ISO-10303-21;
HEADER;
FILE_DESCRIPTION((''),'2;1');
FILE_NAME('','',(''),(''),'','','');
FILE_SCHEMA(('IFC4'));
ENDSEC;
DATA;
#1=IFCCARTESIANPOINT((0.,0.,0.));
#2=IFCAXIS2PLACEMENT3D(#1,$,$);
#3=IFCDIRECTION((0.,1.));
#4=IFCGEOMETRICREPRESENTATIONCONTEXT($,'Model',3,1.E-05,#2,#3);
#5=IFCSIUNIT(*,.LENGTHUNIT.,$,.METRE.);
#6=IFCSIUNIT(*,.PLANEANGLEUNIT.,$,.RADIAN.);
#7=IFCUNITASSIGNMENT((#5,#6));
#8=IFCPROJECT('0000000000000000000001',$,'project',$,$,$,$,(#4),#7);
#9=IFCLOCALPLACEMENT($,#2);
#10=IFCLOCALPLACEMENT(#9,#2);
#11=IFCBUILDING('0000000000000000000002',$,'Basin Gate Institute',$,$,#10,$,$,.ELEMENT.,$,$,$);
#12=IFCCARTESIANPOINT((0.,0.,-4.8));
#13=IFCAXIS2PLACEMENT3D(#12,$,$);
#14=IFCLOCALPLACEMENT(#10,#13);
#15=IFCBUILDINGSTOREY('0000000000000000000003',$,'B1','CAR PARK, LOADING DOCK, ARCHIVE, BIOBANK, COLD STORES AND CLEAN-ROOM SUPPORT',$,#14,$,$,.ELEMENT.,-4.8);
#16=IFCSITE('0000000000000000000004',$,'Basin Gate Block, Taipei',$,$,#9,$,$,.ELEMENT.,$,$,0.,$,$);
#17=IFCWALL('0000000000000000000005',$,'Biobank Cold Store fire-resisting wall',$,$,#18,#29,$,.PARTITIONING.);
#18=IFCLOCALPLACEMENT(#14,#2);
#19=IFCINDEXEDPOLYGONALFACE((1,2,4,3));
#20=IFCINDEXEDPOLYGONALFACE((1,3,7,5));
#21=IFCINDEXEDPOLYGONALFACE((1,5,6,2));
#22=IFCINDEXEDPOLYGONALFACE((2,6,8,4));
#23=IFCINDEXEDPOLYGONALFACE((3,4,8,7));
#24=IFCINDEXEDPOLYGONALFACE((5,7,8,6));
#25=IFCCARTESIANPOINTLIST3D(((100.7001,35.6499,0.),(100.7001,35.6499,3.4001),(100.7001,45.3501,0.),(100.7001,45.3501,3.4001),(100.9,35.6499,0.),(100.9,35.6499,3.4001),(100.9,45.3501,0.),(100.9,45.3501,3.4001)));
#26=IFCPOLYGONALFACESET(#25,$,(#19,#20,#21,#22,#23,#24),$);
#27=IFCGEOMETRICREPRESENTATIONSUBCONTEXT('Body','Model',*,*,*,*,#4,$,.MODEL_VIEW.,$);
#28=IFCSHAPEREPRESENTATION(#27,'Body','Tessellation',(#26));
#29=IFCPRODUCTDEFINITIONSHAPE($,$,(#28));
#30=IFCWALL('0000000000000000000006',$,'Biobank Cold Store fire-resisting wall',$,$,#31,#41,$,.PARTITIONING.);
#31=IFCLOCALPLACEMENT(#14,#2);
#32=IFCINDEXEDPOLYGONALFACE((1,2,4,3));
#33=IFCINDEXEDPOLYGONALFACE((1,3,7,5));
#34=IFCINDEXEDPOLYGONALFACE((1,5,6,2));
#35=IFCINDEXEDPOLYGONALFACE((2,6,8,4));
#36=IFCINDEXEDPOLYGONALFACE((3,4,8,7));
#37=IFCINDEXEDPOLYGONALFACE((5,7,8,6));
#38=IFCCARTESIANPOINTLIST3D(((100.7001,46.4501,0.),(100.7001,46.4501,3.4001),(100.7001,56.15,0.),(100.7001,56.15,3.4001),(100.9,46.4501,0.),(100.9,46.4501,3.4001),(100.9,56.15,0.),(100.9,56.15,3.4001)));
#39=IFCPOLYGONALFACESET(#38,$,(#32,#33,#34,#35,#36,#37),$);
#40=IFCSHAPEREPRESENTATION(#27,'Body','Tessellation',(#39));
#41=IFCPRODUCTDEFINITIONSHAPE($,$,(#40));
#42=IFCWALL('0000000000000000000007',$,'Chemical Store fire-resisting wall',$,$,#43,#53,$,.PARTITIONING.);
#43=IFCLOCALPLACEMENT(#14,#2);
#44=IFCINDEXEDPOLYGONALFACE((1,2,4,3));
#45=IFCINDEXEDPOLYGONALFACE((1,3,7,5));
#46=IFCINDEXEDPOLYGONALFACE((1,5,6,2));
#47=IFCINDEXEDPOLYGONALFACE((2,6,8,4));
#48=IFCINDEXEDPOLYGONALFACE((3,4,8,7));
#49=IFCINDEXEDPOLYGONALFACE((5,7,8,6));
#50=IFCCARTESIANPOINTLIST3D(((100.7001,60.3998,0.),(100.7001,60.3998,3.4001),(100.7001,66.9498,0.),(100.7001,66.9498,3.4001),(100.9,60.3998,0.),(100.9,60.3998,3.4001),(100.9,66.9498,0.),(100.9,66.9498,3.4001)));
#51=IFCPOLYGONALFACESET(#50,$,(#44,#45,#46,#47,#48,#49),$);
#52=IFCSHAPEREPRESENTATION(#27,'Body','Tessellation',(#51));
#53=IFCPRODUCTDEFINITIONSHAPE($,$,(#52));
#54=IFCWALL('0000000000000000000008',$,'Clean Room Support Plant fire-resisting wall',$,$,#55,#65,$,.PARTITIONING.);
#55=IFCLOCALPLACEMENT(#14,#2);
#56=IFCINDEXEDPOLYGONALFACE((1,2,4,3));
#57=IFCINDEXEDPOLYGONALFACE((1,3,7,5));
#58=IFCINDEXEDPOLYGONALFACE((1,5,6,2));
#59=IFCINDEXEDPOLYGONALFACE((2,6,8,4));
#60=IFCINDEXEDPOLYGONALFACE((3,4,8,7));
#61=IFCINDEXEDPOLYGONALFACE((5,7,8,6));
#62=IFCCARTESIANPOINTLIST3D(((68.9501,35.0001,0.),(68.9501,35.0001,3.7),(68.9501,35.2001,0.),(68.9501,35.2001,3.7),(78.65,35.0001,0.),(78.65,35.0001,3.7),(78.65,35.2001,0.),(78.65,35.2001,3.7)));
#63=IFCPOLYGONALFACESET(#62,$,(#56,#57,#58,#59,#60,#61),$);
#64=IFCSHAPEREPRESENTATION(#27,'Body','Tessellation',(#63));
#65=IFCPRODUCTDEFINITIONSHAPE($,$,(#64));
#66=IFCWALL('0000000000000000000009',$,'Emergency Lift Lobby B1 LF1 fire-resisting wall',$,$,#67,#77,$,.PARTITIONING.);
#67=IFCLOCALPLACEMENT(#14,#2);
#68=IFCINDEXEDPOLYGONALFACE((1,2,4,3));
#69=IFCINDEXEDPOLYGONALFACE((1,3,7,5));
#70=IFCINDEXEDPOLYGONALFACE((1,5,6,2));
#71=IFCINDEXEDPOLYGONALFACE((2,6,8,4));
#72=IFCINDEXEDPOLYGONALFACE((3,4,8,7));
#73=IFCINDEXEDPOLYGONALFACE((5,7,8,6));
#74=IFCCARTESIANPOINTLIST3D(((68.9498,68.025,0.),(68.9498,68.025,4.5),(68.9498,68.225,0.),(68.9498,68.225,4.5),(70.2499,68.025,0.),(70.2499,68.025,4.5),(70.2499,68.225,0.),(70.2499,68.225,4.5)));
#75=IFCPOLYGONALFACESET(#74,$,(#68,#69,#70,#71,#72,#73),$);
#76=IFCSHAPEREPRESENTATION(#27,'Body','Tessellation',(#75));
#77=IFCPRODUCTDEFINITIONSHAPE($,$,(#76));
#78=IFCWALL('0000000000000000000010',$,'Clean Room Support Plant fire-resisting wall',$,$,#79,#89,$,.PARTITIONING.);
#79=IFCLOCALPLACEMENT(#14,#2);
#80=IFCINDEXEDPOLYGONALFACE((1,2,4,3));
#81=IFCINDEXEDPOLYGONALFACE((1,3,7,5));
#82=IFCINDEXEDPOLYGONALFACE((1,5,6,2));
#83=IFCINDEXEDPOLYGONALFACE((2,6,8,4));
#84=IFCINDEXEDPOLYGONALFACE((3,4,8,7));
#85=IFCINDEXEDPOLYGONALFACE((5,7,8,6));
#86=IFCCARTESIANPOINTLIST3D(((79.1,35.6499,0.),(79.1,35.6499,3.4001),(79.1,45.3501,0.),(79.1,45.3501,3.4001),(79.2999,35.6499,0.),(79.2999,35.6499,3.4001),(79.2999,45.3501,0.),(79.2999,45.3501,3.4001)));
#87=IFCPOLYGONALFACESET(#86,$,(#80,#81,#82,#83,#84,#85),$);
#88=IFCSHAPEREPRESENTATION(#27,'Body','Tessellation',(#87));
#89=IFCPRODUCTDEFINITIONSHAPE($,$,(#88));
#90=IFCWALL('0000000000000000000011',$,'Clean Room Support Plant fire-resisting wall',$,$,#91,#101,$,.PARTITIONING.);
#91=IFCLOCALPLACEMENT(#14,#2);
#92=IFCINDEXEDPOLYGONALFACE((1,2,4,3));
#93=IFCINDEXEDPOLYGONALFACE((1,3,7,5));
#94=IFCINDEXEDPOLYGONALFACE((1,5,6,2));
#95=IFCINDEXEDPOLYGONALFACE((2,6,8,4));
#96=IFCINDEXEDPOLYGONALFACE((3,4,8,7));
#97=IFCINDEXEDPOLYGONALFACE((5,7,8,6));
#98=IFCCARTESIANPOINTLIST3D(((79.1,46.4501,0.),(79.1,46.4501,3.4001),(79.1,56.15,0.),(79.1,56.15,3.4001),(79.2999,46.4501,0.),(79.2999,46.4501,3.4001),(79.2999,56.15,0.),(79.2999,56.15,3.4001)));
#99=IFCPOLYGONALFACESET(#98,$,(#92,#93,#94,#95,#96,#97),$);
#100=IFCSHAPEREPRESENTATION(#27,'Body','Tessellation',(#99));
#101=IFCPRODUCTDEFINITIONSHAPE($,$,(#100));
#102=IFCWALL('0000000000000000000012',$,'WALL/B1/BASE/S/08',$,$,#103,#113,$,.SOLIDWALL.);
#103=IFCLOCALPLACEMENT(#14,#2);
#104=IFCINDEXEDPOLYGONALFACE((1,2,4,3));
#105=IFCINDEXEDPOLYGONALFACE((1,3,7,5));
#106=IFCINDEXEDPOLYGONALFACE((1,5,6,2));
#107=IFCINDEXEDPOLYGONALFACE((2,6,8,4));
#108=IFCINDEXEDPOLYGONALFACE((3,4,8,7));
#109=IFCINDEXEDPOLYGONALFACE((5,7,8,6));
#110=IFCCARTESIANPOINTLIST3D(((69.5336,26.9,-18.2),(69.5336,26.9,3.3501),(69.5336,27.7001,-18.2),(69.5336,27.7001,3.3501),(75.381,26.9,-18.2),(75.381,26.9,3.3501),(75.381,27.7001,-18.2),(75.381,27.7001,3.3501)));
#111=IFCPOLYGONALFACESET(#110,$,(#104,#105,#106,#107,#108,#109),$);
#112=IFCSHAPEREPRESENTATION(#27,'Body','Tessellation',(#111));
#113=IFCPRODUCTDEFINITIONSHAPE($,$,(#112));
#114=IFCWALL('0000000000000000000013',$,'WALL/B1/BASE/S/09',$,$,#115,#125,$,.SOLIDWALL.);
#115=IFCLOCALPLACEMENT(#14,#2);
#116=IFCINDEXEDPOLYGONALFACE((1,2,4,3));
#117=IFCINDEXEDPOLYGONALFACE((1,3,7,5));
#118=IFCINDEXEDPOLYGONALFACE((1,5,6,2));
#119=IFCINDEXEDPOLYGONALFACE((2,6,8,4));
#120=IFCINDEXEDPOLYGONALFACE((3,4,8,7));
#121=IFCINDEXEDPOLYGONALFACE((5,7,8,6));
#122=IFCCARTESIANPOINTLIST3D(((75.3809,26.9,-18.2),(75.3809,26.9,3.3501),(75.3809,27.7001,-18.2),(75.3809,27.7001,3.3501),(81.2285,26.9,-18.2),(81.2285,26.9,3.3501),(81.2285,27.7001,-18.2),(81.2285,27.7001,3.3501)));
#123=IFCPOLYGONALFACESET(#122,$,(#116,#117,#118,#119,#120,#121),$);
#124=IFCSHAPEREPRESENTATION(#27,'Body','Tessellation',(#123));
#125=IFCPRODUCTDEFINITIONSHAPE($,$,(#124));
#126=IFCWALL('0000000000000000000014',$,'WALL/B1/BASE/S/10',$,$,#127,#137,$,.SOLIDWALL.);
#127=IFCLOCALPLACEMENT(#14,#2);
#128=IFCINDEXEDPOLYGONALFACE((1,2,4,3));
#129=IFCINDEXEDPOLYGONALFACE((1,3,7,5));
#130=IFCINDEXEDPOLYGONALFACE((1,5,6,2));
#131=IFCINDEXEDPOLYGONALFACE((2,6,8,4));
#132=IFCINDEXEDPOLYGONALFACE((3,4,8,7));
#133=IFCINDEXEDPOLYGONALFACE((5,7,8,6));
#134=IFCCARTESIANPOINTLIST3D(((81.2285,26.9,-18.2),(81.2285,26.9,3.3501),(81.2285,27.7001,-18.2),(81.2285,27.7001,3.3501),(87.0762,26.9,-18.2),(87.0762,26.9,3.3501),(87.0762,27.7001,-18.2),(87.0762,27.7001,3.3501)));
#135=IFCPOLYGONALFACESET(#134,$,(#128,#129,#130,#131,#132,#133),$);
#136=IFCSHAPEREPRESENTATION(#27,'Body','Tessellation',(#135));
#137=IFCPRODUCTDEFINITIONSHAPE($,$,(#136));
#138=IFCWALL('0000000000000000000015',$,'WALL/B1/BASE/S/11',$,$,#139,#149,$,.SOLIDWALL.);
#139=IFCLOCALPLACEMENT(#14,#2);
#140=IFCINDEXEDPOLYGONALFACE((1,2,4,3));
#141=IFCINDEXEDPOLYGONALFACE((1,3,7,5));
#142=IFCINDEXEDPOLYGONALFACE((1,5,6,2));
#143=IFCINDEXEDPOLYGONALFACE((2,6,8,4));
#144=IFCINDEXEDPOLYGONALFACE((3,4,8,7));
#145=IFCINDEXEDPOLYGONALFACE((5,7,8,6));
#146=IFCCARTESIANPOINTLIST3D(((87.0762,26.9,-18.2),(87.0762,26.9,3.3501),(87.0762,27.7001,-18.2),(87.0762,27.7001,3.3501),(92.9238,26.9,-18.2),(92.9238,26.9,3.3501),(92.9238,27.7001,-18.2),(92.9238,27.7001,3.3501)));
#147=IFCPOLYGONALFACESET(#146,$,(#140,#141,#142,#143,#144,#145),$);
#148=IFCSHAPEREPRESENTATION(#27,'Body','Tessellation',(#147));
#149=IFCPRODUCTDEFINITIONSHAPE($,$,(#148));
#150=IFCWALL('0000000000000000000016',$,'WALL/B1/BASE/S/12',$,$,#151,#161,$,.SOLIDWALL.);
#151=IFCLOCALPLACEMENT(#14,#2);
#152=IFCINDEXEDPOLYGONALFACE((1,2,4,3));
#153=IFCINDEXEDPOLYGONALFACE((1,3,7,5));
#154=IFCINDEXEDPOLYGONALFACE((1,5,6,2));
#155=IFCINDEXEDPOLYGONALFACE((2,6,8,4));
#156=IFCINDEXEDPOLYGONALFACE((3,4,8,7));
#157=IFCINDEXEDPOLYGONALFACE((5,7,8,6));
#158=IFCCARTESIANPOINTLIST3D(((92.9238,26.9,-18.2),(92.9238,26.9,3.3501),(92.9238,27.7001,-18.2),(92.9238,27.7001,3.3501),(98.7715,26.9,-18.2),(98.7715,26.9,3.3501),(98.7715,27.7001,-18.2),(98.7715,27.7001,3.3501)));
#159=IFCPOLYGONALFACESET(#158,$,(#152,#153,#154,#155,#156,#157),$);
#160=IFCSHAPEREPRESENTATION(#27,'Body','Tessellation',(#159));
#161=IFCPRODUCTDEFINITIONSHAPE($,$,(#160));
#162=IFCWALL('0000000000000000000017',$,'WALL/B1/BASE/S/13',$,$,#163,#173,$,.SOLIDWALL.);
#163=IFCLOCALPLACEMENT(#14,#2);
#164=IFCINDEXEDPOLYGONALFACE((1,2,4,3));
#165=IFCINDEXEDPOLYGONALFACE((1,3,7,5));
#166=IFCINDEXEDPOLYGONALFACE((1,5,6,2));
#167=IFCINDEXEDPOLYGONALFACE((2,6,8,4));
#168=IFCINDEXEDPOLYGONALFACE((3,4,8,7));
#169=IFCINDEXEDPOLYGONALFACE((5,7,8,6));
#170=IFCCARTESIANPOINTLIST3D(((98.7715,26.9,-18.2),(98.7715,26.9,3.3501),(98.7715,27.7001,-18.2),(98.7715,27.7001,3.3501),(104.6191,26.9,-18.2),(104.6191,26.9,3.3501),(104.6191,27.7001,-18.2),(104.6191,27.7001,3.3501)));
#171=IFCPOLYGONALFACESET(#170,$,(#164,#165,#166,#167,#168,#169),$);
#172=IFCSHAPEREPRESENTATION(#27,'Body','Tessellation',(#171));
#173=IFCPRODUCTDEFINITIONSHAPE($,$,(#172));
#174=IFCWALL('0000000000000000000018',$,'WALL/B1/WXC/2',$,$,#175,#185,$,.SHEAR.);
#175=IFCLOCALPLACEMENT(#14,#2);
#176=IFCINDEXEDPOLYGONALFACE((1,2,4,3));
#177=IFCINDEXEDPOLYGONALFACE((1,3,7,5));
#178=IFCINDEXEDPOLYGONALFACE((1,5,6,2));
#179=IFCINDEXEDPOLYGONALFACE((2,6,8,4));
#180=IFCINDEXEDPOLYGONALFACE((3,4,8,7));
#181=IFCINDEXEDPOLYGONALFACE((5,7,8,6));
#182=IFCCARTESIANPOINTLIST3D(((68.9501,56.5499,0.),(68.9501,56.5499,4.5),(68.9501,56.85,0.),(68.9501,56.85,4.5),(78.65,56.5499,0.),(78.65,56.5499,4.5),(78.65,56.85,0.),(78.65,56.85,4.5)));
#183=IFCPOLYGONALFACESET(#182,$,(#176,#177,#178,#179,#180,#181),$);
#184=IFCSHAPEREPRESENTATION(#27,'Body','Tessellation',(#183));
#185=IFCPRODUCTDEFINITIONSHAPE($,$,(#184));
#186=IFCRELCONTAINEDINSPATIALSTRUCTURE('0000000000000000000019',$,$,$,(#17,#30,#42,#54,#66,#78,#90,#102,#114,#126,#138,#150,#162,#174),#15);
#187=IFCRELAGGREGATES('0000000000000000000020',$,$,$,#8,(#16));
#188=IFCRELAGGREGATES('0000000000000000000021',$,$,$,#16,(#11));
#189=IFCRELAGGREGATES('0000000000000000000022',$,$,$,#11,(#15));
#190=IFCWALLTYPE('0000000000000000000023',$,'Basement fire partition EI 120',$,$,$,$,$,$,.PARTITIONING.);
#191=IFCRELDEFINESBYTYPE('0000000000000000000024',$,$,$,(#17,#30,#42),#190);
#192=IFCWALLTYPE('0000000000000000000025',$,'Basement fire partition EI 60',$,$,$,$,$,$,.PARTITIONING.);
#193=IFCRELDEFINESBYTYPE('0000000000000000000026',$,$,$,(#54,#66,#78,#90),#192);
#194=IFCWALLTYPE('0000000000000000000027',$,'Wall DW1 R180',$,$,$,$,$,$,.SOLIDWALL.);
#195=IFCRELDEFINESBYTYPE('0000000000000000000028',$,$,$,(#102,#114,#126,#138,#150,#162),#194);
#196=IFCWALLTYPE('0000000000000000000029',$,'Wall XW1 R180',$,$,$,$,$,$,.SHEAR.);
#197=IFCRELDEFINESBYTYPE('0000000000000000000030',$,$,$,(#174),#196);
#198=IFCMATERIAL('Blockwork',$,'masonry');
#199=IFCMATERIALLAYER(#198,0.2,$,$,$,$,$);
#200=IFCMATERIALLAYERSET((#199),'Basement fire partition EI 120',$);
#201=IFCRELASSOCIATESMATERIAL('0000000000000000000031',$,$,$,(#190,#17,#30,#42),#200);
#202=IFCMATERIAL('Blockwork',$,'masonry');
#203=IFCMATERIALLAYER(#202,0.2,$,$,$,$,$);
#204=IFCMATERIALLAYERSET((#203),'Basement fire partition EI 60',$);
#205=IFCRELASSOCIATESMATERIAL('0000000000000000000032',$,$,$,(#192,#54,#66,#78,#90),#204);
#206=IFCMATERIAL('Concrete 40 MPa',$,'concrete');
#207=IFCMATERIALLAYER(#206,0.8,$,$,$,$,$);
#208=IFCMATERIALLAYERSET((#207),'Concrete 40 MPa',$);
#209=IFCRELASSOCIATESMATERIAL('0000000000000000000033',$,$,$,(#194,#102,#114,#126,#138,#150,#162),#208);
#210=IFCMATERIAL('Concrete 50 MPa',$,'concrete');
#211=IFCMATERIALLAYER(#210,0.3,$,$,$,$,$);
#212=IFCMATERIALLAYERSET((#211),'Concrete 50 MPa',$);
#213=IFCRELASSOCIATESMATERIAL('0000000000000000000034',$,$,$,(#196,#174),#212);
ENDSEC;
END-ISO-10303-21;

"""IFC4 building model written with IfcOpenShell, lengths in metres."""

from ifc_helpers import new_model, si_unit, direction, frame, frame_2d, origin, place, context, subcontext, project, spatial, rectangle, extrude, material, layer, layer_set, type_object, element, save


model = new_model("IFC4")

# Units and contexts
model_context = context("Model", 3, precision=1e-05, world=origin(), true_north=direction((0.0, 1.0)))
body_context = subcontext(model_context, "Body", "Model", "MODEL_VIEW")
ifc_project = project(units=[si_unit("LENGTHUNIT", "METRE"), si_unit("PLANEANGLEUNIT", "RADIAN")], contexts=[model_context])

# Site, building, storey
site_placement = place(None, origin())
site = spatial("IfcSite", under=ifc_project, at=site_placement, Name="Basin Gate Block, Taipei", CompositionType="ELEMENT", RefElevation=0.0)
building_placement = place(site_placement, origin())
building = spatial("IfcBuilding", under=site, at=building_placement, Name="Basin Gate Institute", CompositionType="ELEMENT")
storey_placement = place(building_placement, frame((0.0, 0.0, -4.8)))
storey = spatial("IfcBuildingStorey", under=building, at=storey_placement, Name="B1", Description="CAR PARK, LOADING DOCK, ARCHIVE, BIOBANK, COLD STORES AND CLEAN-ROOM SUPPORT", CompositionType="ELEMENT", Elevation=-4.8)

# Walls
ifc_material_1 = material(Name="Blockwork", Category="masonry")
ifc_layer_1 = layer(ifc_material_1, 0.2)
ifc_layer_set_1 = layer_set([ifc_layer_1], Name="Basement fire partition EI 120")
wall_type_1 = type_object("IfcWallType", Name="Basement fire partition EI 120", PredefinedType="PARTITIONING", material=ifc_layer_set_1)
wall_1_placement = place(storey_placement, frame((100.8, 35.6499, 0.0), z_axis=(0.0, 0.0, 1.0), x_axis=(0.0, 1.0, 0.0)))
element("IfcWall", 1, at=wall_1_placement, inside=storey, type_object=wall_type_1, material=ifc_layer_set_1, Name="Biobank Cold Store fire-resisting wall", PredefinedType="PARTITIONING", context=body_context, shape_type="SweptSolid", body=[
    extrude(rectangle(XDim=9.7002, YDim=0.2, at=frame_2d((4.8501, 0.0))), origin(), (0.0, 0.0, 1.0), 3.4001),
])
wall_2_placement = place(storey_placement, frame((100.8, 46.45, 0.0), z_axis=(0.0, 0.0, 1.0), x_axis=(0.0, 1.0, 0.0)))
element("IfcWall", 2, at=wall_2_placement, inside=storey, type_object=wall_type_1, material=ifc_layer_set_1, Name="Biobank Cold Store fire-resisting wall", PredefinedType="PARTITIONING", context=body_context, shape_type="SweptSolid", body=[
    extrude(rectangle(XDim=9.7, YDim=0.2, at=frame_2d((4.8501, 0.0))), origin(), (0.0, 0.0, 1.0), 3.4001),
])
wall_3_placement = place(storey_placement, frame((100.8, 60.3999, 0.0), z_axis=(0.0, 0.0, 1.0), x_axis=(0.0, 1.0, 0.0)))
element("IfcWall", 3, at=wall_3_placement, inside=storey, type_object=wall_type_1, material=ifc_layer_set_1, Name="Chemical Store fire-resisting wall", PredefinedType="PARTITIONING", context=body_context, shape_type="SweptSolid", body=[
    extrude(rectangle(XDim=6.55, YDim=0.2, at=frame_2d((3.2749, 0.0))), origin(), (0.0, 0.0, 1.0), 3.4001),
])
ifc_material_2 = material(Name="Blockwork", Category="masonry")
ifc_layer_2 = layer(ifc_material_2, 0.2)
ifc_layer_set_2 = layer_set([ifc_layer_2], Name="Basement fire partition EI 60")
wall_type_2 = type_object("IfcWallType", Name="Basement fire partition EI 60", PredefinedType="PARTITIONING", material=ifc_layer_set_2)
wall_4_placement = place(storey_placement, frame((68.95, 35.1001, 0.0), z_axis=(0.0, 0.0, 1.0), x_axis=(1.0, 0.0, 0.0)))
element("IfcWall", 4, at=wall_4_placement, inside=storey, type_object=wall_type_2, material=ifc_layer_set_2, Name="Clean Room Support Plant fire-resisting wall", PredefinedType="PARTITIONING", context=body_context, shape_type="SweptSolid", body=[
    extrude(rectangle(XDim=9.7, YDim=0.2, at=frame_2d((4.8501, 0.0))), origin(), (0.0, 0.0, 1.0), 3.7),
])
wall_5_placement = place(storey_placement, frame((68.95, 68.125, 0.0), z_axis=(0.0, 0.0, 1.0), x_axis=(1.0, 0.0, 0.0)))
element("IfcWall", 5, at=wall_5_placement, inside=storey, type_object=wall_type_2, material=ifc_layer_set_2, Name="Emergency Lift Lobby B1 LF1 fire-resisting wall", PredefinedType="PARTITIONING", context=body_context, shape_type="SweptSolid", body=[
    extrude(rectangle(XDim=1.3, YDim=0.2, at=frame_2d((0.6499, 0.0))), origin(), (0.0, 0.0, 1.0), 4.5),
])
wall_6_placement = place(storey_placement, frame((79.2, 35.6499, 0.0), z_axis=(0.0, 0.0, 1.0), x_axis=(0.0, 1.0, 0.0)))
element("IfcWall", 6, at=wall_6_placement, inside=storey, type_object=wall_type_2, material=ifc_layer_set_2, Name="Clean Room Support Plant fire-resisting wall", PredefinedType="PARTITIONING", context=body_context, shape_type="SweptSolid", body=[
    extrude(rectangle(XDim=9.7002, YDim=0.2, at=frame_2d((4.8501, 0.0))), origin(), (0.0, 0.0, 1.0), 3.4001),
])
wall_7_placement = place(storey_placement, frame((79.2, 46.45, 0.0), z_axis=(0.0, 0.0, 1.0), x_axis=(0.0, 1.0, 0.0)))
element("IfcWall", 7, at=wall_7_placement, inside=storey, type_object=wall_type_2, material=ifc_layer_set_2, Name="Clean Room Support Plant fire-resisting wall", PredefinedType="PARTITIONING", context=body_context, shape_type="SweptSolid", body=[
    extrude(rectangle(XDim=9.7, YDim=0.2, at=frame_2d((4.8501, 0.0))), origin(), (0.0, 0.0, 1.0), 3.4001),
])
ifc_material_3 = material(Name="Concrete 40 MPa", Category="concrete")
ifc_layer_3 = layer(ifc_material_3, 0.8)
ifc_layer_set_3 = layer_set([ifc_layer_3], Name="Concrete 40 MPa")
wall_type_3 = type_object("IfcWallType", Name="Wall DW1 R180", PredefinedType="SOLIDWALL", material=ifc_layer_set_3)
wall_8_placement = place(storey_placement, frame((69.5334, 27.3, -18.2), z_axis=(0.0, 0.0, 1.0), x_axis=(1.0, 0.0, 0.0)))
element("IfcWall", 8, at=wall_8_placement, inside=storey, type_object=wall_type_3, material=ifc_layer_set_3, Name="WALL/B1/BASE/S/08", PredefinedType="SOLIDWALL", context=body_context, shape_type="SweptSolid", body=[
    extrude(rectangle(XDim=5.8474, YDim=0.8, at=frame_2d((2.9238, 0.0))), origin(), (0.0, 0.0, 1.0), 21.55),
])
for number, where, z_axis, x_axis, name in (
    (9, (75.3809, 27.3, -18.2), (0.0, 0.0, 1.0), (1.0, 0.0, 0.0), "WALL/B1/BASE/S/09"),
    (10, (81.2285, 27.3, -18.2), (0.0, 0.0, 1.0), (1.0, 0.0, 0.0), "WALL/B1/BASE/S/10"),
    (11, (87.0762, 27.3, -18.2), (0.0, 0.0, 1.0), (1.0, 0.0, 0.0), "WALL/B1/BASE/S/11"),
    (12, (92.9238, 27.3, -18.2), (0.0, 0.0, 1.0), (1.0, 0.0, 0.0), "WALL/B1/BASE/S/12"),
    (13, (98.7715, 27.3, -18.2), (0.0, 0.0, 1.0), (1.0, 0.0, 0.0), "WALL/B1/BASE/S/13"),
):
    element("IfcWall", number, at=place(storey_placement, frame(where, z_axis=z_axis, x_axis=x_axis)), inside=storey, type_object=wall_type_3, material=ifc_layer_set_3, Name=name, PredefinedType="SOLIDWALL", context=body_context, shape_type="SweptSolid", body=[
        extrude(rectangle(XDim=5.8477, YDim=0.8, at=frame_2d((2.9238, 0.0))), origin(), (0.0, 0.0, 1.0), 21.55),
    ])
ifc_material_4 = material(Name="Concrete 50 MPa", Category="concrete")
ifc_layer_4 = layer(ifc_material_4, 0.3)
ifc_layer_set_4 = layer_set([ifc_layer_4], Name="Concrete 50 MPa")
wall_type_4 = type_object("IfcWallType", Name="Wall XW1 R180", PredefinedType="SHEAR", material=ifc_layer_set_4)
wall_9_placement = place(storey_placement, frame((68.95, 56.7, 0.0), z_axis=(0.0, 0.0, 1.0), x_axis=(1.0, 0.0, 0.0)))
element("IfcWall", 14, at=wall_9_placement, inside=storey, type_object=wall_type_4, material=ifc_layer_set_4, Name="WALL/B1/WXC/2", PredefinedType="SHEAR", context=body_context, shape_type="SweptSolid", body=[
    extrude(rectangle(XDim=9.7, YDim=0.3, at=frame_2d((4.8501, 0.0))), origin(), (0.0, 0.0, 1.0), 4.5),
])

save(model, "model.ifc")
